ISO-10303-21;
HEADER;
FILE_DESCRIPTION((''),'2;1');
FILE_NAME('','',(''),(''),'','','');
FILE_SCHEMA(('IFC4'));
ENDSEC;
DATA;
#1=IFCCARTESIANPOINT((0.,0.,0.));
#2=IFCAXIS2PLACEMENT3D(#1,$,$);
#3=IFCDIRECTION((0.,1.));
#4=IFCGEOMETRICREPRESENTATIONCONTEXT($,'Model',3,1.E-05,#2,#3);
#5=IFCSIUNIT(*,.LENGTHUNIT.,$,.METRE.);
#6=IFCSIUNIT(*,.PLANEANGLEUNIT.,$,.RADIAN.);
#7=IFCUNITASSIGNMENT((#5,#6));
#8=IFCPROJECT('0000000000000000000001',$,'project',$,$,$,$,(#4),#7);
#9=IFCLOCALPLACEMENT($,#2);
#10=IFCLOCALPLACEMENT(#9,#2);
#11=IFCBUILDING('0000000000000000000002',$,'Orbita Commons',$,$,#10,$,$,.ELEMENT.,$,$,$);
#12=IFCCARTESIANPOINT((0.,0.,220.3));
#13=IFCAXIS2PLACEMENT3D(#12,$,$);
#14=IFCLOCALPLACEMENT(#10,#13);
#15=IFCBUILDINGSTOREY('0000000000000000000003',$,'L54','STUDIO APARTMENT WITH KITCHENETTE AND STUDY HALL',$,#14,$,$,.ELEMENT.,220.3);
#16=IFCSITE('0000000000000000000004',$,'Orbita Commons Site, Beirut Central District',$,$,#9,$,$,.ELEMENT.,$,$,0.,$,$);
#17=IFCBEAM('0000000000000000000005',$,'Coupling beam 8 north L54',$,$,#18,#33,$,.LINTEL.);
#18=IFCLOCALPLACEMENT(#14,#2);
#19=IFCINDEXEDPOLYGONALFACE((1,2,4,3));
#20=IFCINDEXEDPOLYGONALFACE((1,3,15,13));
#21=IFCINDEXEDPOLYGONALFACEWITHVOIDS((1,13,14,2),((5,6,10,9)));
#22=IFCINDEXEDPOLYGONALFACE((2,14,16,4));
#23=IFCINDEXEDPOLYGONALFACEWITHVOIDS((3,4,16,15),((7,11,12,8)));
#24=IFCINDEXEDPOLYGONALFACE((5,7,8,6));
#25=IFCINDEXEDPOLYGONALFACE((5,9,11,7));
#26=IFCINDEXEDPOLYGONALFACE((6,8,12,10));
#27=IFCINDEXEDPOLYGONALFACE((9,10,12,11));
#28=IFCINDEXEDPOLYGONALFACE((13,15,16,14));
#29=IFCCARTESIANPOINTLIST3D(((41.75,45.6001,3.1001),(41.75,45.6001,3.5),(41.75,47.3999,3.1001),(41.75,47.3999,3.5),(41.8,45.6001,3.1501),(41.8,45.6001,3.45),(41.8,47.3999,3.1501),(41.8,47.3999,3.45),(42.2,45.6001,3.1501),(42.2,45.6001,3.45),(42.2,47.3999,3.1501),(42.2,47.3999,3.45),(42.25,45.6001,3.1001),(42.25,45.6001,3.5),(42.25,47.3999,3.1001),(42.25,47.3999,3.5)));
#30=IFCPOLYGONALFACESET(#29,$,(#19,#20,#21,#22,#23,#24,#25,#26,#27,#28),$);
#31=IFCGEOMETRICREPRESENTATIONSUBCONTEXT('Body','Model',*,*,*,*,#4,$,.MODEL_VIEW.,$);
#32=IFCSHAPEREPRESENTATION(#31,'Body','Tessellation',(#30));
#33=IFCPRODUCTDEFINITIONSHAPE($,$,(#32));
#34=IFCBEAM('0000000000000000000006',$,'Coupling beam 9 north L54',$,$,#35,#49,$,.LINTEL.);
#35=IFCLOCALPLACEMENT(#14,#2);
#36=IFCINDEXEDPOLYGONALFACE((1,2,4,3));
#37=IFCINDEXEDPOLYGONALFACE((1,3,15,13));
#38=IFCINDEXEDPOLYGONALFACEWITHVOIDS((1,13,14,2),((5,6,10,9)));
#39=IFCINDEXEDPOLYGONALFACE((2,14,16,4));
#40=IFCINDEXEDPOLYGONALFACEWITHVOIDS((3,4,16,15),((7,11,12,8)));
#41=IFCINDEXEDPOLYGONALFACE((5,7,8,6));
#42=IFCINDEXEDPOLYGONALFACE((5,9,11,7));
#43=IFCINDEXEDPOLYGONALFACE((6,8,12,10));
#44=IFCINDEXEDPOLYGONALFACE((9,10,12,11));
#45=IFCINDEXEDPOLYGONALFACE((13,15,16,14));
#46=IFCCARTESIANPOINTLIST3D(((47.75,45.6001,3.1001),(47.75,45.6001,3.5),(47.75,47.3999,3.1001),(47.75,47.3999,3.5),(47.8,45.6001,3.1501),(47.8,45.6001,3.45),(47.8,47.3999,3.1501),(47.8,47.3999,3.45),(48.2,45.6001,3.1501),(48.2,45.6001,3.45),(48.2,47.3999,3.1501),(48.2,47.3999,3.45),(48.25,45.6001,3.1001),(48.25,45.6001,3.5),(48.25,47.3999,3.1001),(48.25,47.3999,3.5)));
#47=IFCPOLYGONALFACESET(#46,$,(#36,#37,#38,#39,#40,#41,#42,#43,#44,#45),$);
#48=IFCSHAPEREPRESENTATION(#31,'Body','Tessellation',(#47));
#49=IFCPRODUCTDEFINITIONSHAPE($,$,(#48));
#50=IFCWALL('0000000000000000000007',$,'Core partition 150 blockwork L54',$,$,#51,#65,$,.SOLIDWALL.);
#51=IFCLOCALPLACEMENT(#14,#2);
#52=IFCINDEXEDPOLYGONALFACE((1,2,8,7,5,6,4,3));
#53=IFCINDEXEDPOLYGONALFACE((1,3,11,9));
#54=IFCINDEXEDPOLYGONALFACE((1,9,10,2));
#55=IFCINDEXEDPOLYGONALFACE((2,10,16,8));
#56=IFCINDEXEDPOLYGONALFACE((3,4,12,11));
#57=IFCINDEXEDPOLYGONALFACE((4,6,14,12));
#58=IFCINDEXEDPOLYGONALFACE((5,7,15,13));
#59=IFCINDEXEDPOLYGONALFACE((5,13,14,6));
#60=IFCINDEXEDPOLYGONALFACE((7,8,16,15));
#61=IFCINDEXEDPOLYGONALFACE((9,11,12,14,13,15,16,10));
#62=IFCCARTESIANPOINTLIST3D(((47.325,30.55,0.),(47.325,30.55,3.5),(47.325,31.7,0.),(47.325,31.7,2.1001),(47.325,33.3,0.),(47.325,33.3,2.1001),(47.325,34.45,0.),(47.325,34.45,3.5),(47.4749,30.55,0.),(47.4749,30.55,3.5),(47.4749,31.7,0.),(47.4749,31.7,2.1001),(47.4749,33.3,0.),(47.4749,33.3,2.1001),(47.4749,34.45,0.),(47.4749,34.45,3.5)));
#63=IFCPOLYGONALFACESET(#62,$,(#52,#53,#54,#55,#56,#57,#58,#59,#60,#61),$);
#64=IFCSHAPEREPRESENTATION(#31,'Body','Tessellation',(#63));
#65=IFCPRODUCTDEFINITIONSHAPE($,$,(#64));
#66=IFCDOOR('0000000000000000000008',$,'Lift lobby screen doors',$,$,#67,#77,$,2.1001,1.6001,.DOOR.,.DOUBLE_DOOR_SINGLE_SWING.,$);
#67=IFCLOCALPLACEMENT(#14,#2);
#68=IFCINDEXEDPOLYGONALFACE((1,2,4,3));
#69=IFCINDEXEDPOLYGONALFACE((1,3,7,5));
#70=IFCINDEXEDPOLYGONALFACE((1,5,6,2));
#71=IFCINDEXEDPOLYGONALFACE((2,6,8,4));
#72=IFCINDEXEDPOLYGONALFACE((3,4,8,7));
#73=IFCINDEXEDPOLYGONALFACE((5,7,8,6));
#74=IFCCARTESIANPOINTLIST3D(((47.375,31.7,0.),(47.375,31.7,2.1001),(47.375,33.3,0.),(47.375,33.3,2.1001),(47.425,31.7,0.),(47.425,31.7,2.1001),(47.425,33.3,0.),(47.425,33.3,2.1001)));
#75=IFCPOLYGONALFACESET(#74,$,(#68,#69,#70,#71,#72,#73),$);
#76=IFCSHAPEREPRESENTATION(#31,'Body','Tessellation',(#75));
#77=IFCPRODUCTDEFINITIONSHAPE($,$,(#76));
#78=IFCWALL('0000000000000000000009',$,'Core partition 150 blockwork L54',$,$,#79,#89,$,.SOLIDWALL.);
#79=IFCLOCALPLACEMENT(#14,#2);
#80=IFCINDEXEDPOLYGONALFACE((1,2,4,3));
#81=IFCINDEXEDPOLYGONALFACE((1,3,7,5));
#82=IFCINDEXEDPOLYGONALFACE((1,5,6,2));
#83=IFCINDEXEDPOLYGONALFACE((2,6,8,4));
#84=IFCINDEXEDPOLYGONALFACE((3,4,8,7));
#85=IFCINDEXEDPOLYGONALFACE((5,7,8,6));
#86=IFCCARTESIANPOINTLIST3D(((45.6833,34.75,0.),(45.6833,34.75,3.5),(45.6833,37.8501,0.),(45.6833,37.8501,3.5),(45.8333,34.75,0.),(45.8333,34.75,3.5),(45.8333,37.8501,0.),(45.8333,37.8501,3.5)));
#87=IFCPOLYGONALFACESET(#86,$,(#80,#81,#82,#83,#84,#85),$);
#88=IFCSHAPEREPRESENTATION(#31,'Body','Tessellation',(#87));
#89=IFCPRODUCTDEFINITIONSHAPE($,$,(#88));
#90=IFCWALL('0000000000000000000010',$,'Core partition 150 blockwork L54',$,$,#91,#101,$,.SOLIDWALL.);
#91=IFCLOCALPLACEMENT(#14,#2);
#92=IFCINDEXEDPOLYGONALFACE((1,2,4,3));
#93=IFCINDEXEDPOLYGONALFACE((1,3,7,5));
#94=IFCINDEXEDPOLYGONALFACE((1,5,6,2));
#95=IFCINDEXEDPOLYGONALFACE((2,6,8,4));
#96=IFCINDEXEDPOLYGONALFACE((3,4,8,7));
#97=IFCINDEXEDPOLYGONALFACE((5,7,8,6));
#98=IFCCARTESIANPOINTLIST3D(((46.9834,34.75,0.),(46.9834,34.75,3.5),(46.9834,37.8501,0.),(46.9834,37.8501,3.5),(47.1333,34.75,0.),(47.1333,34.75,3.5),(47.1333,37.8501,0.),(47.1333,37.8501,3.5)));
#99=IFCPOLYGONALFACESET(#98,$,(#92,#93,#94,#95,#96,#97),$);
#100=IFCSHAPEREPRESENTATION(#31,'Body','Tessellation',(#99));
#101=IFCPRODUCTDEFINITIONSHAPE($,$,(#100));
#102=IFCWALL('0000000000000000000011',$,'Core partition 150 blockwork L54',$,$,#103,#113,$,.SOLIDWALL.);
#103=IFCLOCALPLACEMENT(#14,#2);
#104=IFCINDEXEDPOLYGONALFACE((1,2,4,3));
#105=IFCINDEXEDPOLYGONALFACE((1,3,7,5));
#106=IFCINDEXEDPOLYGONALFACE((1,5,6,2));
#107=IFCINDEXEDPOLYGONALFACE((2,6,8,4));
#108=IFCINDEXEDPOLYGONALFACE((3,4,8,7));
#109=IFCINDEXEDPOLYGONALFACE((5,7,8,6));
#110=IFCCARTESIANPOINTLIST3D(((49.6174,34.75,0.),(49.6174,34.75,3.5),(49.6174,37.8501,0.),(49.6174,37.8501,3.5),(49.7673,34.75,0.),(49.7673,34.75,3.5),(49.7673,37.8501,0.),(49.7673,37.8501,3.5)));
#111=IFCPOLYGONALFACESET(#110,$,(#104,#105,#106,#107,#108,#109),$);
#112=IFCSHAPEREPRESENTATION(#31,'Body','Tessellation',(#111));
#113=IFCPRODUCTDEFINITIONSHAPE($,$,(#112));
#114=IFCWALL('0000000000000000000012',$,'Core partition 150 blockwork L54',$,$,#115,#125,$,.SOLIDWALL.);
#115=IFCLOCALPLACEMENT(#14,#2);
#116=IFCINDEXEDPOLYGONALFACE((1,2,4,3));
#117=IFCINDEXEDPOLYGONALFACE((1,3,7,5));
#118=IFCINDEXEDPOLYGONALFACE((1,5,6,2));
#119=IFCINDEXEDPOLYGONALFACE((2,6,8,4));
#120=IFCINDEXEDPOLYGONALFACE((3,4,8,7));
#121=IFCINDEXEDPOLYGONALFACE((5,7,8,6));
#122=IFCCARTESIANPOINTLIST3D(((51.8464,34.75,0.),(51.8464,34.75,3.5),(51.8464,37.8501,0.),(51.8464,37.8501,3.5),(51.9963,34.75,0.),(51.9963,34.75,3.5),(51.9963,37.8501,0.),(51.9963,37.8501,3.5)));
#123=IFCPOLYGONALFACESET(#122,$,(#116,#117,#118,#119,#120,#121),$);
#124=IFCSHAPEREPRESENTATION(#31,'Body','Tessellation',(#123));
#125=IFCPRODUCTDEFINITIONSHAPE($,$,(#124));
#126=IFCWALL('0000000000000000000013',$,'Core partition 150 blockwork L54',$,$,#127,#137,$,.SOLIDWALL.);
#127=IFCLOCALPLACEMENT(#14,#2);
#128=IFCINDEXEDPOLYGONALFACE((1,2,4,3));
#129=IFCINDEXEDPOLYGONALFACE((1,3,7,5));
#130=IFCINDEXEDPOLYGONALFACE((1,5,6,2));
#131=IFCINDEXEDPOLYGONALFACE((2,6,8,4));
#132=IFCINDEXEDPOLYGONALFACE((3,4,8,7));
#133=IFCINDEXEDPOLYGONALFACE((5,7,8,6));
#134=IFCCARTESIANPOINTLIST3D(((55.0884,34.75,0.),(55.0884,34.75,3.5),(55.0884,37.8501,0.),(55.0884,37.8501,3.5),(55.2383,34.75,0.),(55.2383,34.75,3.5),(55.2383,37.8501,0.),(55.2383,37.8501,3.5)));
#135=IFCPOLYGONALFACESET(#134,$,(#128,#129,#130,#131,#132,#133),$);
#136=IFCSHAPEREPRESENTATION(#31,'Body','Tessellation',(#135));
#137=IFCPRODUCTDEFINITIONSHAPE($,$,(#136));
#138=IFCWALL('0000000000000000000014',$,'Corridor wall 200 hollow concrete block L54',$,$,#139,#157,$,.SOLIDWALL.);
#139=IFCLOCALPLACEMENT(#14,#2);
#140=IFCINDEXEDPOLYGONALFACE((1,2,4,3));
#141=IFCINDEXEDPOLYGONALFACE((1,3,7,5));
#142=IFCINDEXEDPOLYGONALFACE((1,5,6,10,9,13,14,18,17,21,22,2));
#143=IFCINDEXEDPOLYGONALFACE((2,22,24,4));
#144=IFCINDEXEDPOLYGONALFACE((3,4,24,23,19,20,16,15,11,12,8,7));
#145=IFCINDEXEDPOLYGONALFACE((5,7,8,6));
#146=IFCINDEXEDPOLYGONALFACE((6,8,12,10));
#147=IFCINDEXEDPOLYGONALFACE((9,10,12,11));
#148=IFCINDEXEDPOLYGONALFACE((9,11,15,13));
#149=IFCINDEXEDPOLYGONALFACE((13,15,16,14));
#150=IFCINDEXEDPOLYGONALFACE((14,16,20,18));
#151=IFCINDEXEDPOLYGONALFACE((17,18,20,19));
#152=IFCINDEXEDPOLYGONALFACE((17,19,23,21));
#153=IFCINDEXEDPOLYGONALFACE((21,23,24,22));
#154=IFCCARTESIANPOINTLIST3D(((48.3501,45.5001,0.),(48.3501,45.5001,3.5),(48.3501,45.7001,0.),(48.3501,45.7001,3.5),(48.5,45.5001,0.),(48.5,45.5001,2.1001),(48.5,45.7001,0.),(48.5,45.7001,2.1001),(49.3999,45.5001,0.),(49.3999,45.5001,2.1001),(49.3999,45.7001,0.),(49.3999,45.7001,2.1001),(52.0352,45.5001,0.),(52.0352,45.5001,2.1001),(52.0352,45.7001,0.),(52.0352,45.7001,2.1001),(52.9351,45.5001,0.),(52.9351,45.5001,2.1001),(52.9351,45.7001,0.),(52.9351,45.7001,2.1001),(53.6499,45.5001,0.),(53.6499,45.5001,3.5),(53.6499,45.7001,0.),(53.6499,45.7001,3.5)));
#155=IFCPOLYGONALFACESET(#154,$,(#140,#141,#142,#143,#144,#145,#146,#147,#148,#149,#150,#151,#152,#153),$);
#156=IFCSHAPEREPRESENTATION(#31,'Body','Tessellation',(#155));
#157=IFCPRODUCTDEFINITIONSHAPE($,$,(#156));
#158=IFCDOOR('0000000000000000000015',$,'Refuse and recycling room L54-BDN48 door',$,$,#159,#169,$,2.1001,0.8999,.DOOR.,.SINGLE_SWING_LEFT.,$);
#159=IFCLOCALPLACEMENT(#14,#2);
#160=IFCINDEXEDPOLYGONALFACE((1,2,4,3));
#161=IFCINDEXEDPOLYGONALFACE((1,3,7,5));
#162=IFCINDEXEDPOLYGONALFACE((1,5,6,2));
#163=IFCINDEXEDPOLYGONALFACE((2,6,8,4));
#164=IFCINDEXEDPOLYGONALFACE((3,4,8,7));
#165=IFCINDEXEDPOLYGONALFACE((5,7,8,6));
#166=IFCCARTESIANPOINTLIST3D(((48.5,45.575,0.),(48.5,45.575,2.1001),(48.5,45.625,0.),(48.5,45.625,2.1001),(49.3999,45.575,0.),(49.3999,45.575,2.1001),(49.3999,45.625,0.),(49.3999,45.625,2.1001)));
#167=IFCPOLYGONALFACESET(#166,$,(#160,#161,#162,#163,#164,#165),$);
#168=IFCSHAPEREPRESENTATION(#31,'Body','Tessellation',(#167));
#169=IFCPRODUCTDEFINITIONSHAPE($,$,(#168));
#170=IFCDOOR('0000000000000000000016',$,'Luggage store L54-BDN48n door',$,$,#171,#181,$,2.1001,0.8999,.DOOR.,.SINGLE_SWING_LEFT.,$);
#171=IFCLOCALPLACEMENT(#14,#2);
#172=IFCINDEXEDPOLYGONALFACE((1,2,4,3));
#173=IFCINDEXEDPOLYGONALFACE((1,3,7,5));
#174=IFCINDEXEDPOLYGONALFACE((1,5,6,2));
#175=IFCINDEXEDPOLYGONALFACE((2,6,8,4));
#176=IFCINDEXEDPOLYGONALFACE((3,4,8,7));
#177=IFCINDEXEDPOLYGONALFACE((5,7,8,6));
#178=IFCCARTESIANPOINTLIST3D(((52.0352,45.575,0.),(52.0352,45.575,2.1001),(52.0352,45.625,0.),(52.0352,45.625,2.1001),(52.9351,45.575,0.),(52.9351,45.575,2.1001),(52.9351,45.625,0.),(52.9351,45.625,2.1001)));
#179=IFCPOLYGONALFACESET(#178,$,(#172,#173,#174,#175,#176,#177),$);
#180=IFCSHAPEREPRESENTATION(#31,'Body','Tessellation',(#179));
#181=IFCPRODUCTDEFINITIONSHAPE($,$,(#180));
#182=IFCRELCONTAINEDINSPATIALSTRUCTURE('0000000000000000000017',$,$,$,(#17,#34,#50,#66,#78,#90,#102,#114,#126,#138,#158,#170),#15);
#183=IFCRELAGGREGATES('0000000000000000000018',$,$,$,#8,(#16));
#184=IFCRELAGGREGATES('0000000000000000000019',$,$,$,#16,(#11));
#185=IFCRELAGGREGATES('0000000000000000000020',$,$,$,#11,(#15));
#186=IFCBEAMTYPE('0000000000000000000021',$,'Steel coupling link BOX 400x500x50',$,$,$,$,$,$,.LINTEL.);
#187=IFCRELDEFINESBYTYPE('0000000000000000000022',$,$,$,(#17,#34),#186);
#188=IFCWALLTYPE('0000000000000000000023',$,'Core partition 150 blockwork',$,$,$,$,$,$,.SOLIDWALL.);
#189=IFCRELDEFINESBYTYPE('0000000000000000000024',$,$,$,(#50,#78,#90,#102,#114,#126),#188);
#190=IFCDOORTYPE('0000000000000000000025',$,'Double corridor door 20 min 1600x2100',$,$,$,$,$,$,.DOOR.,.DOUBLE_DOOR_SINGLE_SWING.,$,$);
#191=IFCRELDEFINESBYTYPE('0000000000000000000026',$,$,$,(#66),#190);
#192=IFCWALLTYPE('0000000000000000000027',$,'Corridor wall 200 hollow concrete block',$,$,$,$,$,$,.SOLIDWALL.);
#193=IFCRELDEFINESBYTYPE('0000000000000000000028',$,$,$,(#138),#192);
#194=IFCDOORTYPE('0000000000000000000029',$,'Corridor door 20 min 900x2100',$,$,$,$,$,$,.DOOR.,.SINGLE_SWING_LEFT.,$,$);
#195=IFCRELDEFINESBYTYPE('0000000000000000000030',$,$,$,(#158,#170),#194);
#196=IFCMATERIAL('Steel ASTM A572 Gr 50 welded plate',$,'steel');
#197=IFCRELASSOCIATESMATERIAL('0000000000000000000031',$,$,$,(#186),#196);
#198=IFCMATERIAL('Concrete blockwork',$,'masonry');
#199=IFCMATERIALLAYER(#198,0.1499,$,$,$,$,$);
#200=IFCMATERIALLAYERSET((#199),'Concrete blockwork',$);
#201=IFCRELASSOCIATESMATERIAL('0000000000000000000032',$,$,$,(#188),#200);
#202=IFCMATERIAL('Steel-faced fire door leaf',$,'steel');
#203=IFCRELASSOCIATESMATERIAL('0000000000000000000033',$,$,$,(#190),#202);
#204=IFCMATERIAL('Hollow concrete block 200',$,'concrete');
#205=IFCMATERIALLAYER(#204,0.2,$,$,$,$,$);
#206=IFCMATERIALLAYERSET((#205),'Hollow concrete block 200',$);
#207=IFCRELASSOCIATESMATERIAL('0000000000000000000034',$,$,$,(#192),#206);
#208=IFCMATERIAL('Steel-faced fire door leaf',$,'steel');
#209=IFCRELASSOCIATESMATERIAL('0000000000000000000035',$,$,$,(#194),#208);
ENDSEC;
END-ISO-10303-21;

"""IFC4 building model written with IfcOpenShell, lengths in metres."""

from ifc_helpers import new_model, si_unit, direction, frame, frame_2d, origin, origin_2d, place, context, subcontext, project, spatial, rectangle, hollow_rectangle, extrude, material, layer, layer_set, material_profile, profile_set, type_object, element, fill, save


model = new_model("IFC4")

# Units and contexts
model_context = context("Model", 3, precision=1e-05, world=origin(), true_north=direction((0.0, 1.0)))
body_context = subcontext(model_context, "Body", "Model", "MODEL_VIEW")
ifc_project = project(units=[si_unit("LENGTHUNIT", "METRE"), si_unit("PLANEANGLEUNIT", "RADIAN")], contexts=[model_context])

# Site, building, storey
site_placement = place(None, origin())
site = spatial("IfcSite", under=ifc_project, at=site_placement, Name="Orbita Commons Site, Beirut Central District", CompositionType="ELEMENT", RefElevation=0.0)
building_placement = place(site_placement, origin())
building = spatial("IfcBuilding", under=site, at=building_placement, Name="Orbita Commons", CompositionType="ELEMENT")
storey_placement = place(building_placement, frame((0.0, 0.0, 220.3)))
storey = spatial("IfcBuildingStorey", under=building, at=storey_placement, Name="L54", Description="STUDIO APARTMENT WITH KITCHENETTE AND STUDY HALL", CompositionType="ELEMENT", Elevation=220.3)

# Beams
ifc_material_1 = material(Name="Steel ASTM A572 Gr 50 welded plate", Category="steel")
ifc_material_profile = material_profile(ifc_material_1, hollow_rectangle(XDim=0.5, YDim=0.3999, WallThickness=0.05, at=origin_2d()), Name="BOX 400x500x50")
ifc_profile_set = profile_set([ifc_material_profile], Name="Steel ASTM A572 Gr 50 welded plate")
beam_type = type_object("IfcBeamType", Name="Steel coupling link BOX 400x500x50", PredefinedType="LINTEL", material=ifc_profile_set)
for number, where, z_axis, x_axis, name in (
    (1, (42.0, 45.6001, 3.3), (0.0, 1.0, 0.0), (-1.0, 0.0, 0.0), "Coupling beam 8 north L54"),
    (2, (48.0, 45.6001, 3.3), (0.0, 1.0, 0.0), (-1.0, 0.0, 0.0), "Coupling beam 9 north L54"),
):
    element("IfcBeam", number, at=place(storey_placement, frame(where, z_axis=z_axis, x_axis=x_axis)), inside=storey, type_object=beam_type, Name=name, PredefinedType="LINTEL", context=body_context, shape_type="SweptSolid", body=[
        extrude(hollow_rectangle(XDim=0.5, YDim=0.3999, WallThickness=0.05, at=origin_2d()), origin(), (0.0, 0.0, 1.0), 1.7998),
    ])

# Wall, opening, door
ifc_material_2 = material(Name="Concrete blockwork", Category="masonry")
ifc_layer_1 = layer(ifc_material_2, 0.1499)
ifc_layer_set_1 = layer_set([ifc_layer_1], Name="Concrete blockwork")
wall_type_1 = type_object("IfcWallType", Name="Core partition 150 blockwork", PredefinedType="SOLIDWALL", material=ifc_layer_set_1)
wall_1_placement = place(storey_placement, frame((47.3999, 30.55, 0.0), z_axis=(0.0, 0.0, 1.0), x_axis=(0.0, 1.0, 0.0)))
wall_1 = element("IfcWall", 3, at=wall_1_placement, inside=storey, type_object=wall_type_1, Name="Core partition 150 blockwork L54", PredefinedType="SOLIDWALL", context=body_context, shape_type="SweptSolid", body=[
    extrude(rectangle(XDim=3.8999, YDim=0.1499, at=frame_2d((1.95, 0.0))), origin(), (0.0, 0.0, 1.0), 3.5),
])
opening_1_placement = place(wall_1_placement, frame((1.1499, 0.0, 0.0)))
opening_1 = element("IfcOpeningElement", 4, at=opening_1_placement, cuts=wall_1, PredefinedType="OPENING", context=body_context, shape_type="SweptSolid", body=[
    extrude(rectangle(XDim=1.6001, YDim=2.1001, at=frame_2d((0.8, 1.05))), frame((0.0, 0.085, 0.0), z_axis=(0.0, -1.0, 0.0), x_axis=(1.0, 0.0, 0.0)), (0.0, 0.0, 1.0), 0.1699),
])
ifc_material_3 = material(Name="Steel-faced fire door leaf", Category="steel")
door_type_1 = type_object("IfcDoorType", Name="Double corridor door 20 min 1600x2100", OperationType="DOUBLE_DOOR_SINGLE_SWING", PredefinedType="DOOR", material=ifc_material_3)
door_1_placement = place(opening_1_placement, origin())
door_1 = element("IfcDoor", 5, at=door_1_placement, inside=storey, type_object=door_type_1, Name="Lift lobby screen doors", OperationType="DOUBLE_DOOR_SINGLE_SWING", OverallHeight=2.1001, OverallWidth=1.6001, PredefinedType="DOOR", context=body_context, shape_type="SweptSolid", body=[
    extrude(rectangle(XDim=1.6001, YDim=2.1001, at=frame_2d((0.8, 1.05))), frame((0.0, 0.0249, 0.0), z_axis=(0.0, -1.0, 0.0), x_axis=(1.0, 0.0, 0.0)), (0.0, 0.0, 1.0), 0.05),
])
fill(opening_1, door_1)

# Walls
for number, where, z_axis, x_axis, name in (
    (6, (45.7583, 34.75, 0.0), (0.0, 0.0, 1.0), (0.0, 1.0, 0.0), "Core partition 150 blockwork L54"),
    (7, (47.0583, 34.75, 0.0), (0.0, 0.0, 1.0), (0.0, 1.0, 0.0), "Core partition 150 blockwork L54"),
    (8, (49.6924, 34.75, 0.0), (0.0, 0.0, 1.0), (0.0, 1.0, 0.0), "Core partition 150 blockwork L54"),
    (9, (51.9214, 34.75, 0.0), (0.0, 0.0, 1.0), (0.0, 1.0, 0.0), "Core partition 150 blockwork L54"),
    (10, (55.1633, 34.75, 0.0), (0.0, 0.0, 1.0), (0.0, 1.0, 0.0), "Core partition 150 blockwork L54"),
):
    element("IfcWall", number, at=place(storey_placement, frame(where, z_axis=z_axis, x_axis=x_axis)), inside=storey, type_object=wall_type_1, Name=name, PredefinedType="SOLIDWALL", context=body_context, shape_type="SweptSolid", body=[
        extrude(rectangle(XDim=3.1001, YDim=0.1499, at=frame_2d((1.55, 0.0))), origin(), (0.0, 0.0, 1.0), 3.5),
    ])

# Wall, openings, doors
ifc_material_4 = material(Name="Hollow concrete block 200", Category="concrete")
ifc_layer_2 = layer(ifc_material_4, 0.2)
ifc_layer_set_2 = layer_set([ifc_layer_2], Name="Hollow concrete block 200")
wall_type_2 = type_object("IfcWallType", Name="Corridor wall 200 hollow concrete block", PredefinedType="SOLIDWALL", material=ifc_layer_set_2)
wall_2_placement = place(storey_placement, frame((48.3501, 45.6001, 0.0), z_axis=(0.0, 0.0, 1.0), x_axis=(1.0, 0.0, 0.0)))
wall_2 = element("IfcWall", 11, at=wall_2_placement, inside=storey, type_object=wall_type_2, Name="Corridor wall 200 hollow concrete block L54", PredefinedType="SOLIDWALL", context=body_context, shape_type="SweptSolid", body=[
    extrude(rectangle(XDim=5.2998, YDim=0.2, at=frame_2d((2.6499, 0.0))), origin(), (0.0, 0.0, 1.0), 3.5),
])
opening_2_placement = place(wall_2_placement, frame((0.1499, 0.0, 0.0)))
opening_2 = element("IfcOpeningElement", 12, at=opening_2_placement, cuts=wall_2, PredefinedType="OPENING", context=body_context, shape_type="SweptSolid", body=[
    extrude(rectangle(XDim=0.8999, YDim=2.1001, at=frame_2d((0.45, 1.05))), frame((0.0, 0.1099, 0.0), z_axis=(0.0, -1.0, 0.0), x_axis=(1.0, 0.0, 0.0)), (0.0, 0.0, 1.0), 0.22),
])
opening_3_placement = place(wall_2_placement, frame((3.6851, 0.0, 0.0)))
opening_3 = element("IfcOpeningElement", 13, at=opening_3_placement, cuts=wall_2, PredefinedType="OPENING", context=body_context, shape_type="SweptSolid", body=[
    extrude(rectangle(XDim=0.8999, YDim=2.1001, at=frame_2d((0.45, 1.05))), frame((0.0, 0.1099, 0.0), z_axis=(0.0, -1.0, 0.0), x_axis=(1.0, 0.0, 0.0)), (0.0, 0.0, 1.0), 0.22),
])
ifc_material_5 = material(Name="Steel-faced fire door leaf", Category="steel")
door_type_2 = type_object("IfcDoorType", Name="Corridor door 20 min 900x2100", OperationType="SINGLE_SWING_LEFT", PredefinedType="DOOR", material=ifc_material_5)
door_2_placement = place(opening_2_placement, origin())
door_2 = element("IfcDoor", 14, at=door_2_placement, inside=storey, type_object=door_type_2, Name="Refuse and recycling room L54-BDN48 door", OperationType="SINGLE_SWING_LEFT", OverallHeight=2.1001, OverallWidth=0.8999, PredefinedType="DOOR", context=body_context, shape_type="SweptSolid", body=[
    extrude(rectangle(XDim=0.8999, YDim=2.1001, at=frame_2d((0.45, 1.05))), frame((0.0, 0.0249, 0.0), z_axis=(0.0, -1.0, 0.0), x_axis=(1.0, 0.0, 0.0)), (0.0, 0.0, 1.0), 0.05),
])
fill(opening_2, door_2)
door_3_placement = place(opening_3_placement, origin())
door_3 = element("IfcDoor", 15, at=door_3_placement, inside=storey, type_object=door_type_2, Name="Luggage store L54-BDN48n door", OperationType="SINGLE_SWING_LEFT", OverallHeight=2.1001, OverallWidth=0.8999, PredefinedType="DOOR", context=body_context, shape_type="SweptSolid", body=[
    extrude(rectangle(XDim=0.8999, YDim=2.1001, at=frame_2d((0.45, 1.05))), frame((0.0, 0.0249, 0.0), z_axis=(0.0, -1.0, 0.0), x_axis=(1.0, 0.0, 0.0)), (0.0, 0.0, 1.0), 0.05),
])
fill(opening_3, door_3)

save(model, "model.ifc")
